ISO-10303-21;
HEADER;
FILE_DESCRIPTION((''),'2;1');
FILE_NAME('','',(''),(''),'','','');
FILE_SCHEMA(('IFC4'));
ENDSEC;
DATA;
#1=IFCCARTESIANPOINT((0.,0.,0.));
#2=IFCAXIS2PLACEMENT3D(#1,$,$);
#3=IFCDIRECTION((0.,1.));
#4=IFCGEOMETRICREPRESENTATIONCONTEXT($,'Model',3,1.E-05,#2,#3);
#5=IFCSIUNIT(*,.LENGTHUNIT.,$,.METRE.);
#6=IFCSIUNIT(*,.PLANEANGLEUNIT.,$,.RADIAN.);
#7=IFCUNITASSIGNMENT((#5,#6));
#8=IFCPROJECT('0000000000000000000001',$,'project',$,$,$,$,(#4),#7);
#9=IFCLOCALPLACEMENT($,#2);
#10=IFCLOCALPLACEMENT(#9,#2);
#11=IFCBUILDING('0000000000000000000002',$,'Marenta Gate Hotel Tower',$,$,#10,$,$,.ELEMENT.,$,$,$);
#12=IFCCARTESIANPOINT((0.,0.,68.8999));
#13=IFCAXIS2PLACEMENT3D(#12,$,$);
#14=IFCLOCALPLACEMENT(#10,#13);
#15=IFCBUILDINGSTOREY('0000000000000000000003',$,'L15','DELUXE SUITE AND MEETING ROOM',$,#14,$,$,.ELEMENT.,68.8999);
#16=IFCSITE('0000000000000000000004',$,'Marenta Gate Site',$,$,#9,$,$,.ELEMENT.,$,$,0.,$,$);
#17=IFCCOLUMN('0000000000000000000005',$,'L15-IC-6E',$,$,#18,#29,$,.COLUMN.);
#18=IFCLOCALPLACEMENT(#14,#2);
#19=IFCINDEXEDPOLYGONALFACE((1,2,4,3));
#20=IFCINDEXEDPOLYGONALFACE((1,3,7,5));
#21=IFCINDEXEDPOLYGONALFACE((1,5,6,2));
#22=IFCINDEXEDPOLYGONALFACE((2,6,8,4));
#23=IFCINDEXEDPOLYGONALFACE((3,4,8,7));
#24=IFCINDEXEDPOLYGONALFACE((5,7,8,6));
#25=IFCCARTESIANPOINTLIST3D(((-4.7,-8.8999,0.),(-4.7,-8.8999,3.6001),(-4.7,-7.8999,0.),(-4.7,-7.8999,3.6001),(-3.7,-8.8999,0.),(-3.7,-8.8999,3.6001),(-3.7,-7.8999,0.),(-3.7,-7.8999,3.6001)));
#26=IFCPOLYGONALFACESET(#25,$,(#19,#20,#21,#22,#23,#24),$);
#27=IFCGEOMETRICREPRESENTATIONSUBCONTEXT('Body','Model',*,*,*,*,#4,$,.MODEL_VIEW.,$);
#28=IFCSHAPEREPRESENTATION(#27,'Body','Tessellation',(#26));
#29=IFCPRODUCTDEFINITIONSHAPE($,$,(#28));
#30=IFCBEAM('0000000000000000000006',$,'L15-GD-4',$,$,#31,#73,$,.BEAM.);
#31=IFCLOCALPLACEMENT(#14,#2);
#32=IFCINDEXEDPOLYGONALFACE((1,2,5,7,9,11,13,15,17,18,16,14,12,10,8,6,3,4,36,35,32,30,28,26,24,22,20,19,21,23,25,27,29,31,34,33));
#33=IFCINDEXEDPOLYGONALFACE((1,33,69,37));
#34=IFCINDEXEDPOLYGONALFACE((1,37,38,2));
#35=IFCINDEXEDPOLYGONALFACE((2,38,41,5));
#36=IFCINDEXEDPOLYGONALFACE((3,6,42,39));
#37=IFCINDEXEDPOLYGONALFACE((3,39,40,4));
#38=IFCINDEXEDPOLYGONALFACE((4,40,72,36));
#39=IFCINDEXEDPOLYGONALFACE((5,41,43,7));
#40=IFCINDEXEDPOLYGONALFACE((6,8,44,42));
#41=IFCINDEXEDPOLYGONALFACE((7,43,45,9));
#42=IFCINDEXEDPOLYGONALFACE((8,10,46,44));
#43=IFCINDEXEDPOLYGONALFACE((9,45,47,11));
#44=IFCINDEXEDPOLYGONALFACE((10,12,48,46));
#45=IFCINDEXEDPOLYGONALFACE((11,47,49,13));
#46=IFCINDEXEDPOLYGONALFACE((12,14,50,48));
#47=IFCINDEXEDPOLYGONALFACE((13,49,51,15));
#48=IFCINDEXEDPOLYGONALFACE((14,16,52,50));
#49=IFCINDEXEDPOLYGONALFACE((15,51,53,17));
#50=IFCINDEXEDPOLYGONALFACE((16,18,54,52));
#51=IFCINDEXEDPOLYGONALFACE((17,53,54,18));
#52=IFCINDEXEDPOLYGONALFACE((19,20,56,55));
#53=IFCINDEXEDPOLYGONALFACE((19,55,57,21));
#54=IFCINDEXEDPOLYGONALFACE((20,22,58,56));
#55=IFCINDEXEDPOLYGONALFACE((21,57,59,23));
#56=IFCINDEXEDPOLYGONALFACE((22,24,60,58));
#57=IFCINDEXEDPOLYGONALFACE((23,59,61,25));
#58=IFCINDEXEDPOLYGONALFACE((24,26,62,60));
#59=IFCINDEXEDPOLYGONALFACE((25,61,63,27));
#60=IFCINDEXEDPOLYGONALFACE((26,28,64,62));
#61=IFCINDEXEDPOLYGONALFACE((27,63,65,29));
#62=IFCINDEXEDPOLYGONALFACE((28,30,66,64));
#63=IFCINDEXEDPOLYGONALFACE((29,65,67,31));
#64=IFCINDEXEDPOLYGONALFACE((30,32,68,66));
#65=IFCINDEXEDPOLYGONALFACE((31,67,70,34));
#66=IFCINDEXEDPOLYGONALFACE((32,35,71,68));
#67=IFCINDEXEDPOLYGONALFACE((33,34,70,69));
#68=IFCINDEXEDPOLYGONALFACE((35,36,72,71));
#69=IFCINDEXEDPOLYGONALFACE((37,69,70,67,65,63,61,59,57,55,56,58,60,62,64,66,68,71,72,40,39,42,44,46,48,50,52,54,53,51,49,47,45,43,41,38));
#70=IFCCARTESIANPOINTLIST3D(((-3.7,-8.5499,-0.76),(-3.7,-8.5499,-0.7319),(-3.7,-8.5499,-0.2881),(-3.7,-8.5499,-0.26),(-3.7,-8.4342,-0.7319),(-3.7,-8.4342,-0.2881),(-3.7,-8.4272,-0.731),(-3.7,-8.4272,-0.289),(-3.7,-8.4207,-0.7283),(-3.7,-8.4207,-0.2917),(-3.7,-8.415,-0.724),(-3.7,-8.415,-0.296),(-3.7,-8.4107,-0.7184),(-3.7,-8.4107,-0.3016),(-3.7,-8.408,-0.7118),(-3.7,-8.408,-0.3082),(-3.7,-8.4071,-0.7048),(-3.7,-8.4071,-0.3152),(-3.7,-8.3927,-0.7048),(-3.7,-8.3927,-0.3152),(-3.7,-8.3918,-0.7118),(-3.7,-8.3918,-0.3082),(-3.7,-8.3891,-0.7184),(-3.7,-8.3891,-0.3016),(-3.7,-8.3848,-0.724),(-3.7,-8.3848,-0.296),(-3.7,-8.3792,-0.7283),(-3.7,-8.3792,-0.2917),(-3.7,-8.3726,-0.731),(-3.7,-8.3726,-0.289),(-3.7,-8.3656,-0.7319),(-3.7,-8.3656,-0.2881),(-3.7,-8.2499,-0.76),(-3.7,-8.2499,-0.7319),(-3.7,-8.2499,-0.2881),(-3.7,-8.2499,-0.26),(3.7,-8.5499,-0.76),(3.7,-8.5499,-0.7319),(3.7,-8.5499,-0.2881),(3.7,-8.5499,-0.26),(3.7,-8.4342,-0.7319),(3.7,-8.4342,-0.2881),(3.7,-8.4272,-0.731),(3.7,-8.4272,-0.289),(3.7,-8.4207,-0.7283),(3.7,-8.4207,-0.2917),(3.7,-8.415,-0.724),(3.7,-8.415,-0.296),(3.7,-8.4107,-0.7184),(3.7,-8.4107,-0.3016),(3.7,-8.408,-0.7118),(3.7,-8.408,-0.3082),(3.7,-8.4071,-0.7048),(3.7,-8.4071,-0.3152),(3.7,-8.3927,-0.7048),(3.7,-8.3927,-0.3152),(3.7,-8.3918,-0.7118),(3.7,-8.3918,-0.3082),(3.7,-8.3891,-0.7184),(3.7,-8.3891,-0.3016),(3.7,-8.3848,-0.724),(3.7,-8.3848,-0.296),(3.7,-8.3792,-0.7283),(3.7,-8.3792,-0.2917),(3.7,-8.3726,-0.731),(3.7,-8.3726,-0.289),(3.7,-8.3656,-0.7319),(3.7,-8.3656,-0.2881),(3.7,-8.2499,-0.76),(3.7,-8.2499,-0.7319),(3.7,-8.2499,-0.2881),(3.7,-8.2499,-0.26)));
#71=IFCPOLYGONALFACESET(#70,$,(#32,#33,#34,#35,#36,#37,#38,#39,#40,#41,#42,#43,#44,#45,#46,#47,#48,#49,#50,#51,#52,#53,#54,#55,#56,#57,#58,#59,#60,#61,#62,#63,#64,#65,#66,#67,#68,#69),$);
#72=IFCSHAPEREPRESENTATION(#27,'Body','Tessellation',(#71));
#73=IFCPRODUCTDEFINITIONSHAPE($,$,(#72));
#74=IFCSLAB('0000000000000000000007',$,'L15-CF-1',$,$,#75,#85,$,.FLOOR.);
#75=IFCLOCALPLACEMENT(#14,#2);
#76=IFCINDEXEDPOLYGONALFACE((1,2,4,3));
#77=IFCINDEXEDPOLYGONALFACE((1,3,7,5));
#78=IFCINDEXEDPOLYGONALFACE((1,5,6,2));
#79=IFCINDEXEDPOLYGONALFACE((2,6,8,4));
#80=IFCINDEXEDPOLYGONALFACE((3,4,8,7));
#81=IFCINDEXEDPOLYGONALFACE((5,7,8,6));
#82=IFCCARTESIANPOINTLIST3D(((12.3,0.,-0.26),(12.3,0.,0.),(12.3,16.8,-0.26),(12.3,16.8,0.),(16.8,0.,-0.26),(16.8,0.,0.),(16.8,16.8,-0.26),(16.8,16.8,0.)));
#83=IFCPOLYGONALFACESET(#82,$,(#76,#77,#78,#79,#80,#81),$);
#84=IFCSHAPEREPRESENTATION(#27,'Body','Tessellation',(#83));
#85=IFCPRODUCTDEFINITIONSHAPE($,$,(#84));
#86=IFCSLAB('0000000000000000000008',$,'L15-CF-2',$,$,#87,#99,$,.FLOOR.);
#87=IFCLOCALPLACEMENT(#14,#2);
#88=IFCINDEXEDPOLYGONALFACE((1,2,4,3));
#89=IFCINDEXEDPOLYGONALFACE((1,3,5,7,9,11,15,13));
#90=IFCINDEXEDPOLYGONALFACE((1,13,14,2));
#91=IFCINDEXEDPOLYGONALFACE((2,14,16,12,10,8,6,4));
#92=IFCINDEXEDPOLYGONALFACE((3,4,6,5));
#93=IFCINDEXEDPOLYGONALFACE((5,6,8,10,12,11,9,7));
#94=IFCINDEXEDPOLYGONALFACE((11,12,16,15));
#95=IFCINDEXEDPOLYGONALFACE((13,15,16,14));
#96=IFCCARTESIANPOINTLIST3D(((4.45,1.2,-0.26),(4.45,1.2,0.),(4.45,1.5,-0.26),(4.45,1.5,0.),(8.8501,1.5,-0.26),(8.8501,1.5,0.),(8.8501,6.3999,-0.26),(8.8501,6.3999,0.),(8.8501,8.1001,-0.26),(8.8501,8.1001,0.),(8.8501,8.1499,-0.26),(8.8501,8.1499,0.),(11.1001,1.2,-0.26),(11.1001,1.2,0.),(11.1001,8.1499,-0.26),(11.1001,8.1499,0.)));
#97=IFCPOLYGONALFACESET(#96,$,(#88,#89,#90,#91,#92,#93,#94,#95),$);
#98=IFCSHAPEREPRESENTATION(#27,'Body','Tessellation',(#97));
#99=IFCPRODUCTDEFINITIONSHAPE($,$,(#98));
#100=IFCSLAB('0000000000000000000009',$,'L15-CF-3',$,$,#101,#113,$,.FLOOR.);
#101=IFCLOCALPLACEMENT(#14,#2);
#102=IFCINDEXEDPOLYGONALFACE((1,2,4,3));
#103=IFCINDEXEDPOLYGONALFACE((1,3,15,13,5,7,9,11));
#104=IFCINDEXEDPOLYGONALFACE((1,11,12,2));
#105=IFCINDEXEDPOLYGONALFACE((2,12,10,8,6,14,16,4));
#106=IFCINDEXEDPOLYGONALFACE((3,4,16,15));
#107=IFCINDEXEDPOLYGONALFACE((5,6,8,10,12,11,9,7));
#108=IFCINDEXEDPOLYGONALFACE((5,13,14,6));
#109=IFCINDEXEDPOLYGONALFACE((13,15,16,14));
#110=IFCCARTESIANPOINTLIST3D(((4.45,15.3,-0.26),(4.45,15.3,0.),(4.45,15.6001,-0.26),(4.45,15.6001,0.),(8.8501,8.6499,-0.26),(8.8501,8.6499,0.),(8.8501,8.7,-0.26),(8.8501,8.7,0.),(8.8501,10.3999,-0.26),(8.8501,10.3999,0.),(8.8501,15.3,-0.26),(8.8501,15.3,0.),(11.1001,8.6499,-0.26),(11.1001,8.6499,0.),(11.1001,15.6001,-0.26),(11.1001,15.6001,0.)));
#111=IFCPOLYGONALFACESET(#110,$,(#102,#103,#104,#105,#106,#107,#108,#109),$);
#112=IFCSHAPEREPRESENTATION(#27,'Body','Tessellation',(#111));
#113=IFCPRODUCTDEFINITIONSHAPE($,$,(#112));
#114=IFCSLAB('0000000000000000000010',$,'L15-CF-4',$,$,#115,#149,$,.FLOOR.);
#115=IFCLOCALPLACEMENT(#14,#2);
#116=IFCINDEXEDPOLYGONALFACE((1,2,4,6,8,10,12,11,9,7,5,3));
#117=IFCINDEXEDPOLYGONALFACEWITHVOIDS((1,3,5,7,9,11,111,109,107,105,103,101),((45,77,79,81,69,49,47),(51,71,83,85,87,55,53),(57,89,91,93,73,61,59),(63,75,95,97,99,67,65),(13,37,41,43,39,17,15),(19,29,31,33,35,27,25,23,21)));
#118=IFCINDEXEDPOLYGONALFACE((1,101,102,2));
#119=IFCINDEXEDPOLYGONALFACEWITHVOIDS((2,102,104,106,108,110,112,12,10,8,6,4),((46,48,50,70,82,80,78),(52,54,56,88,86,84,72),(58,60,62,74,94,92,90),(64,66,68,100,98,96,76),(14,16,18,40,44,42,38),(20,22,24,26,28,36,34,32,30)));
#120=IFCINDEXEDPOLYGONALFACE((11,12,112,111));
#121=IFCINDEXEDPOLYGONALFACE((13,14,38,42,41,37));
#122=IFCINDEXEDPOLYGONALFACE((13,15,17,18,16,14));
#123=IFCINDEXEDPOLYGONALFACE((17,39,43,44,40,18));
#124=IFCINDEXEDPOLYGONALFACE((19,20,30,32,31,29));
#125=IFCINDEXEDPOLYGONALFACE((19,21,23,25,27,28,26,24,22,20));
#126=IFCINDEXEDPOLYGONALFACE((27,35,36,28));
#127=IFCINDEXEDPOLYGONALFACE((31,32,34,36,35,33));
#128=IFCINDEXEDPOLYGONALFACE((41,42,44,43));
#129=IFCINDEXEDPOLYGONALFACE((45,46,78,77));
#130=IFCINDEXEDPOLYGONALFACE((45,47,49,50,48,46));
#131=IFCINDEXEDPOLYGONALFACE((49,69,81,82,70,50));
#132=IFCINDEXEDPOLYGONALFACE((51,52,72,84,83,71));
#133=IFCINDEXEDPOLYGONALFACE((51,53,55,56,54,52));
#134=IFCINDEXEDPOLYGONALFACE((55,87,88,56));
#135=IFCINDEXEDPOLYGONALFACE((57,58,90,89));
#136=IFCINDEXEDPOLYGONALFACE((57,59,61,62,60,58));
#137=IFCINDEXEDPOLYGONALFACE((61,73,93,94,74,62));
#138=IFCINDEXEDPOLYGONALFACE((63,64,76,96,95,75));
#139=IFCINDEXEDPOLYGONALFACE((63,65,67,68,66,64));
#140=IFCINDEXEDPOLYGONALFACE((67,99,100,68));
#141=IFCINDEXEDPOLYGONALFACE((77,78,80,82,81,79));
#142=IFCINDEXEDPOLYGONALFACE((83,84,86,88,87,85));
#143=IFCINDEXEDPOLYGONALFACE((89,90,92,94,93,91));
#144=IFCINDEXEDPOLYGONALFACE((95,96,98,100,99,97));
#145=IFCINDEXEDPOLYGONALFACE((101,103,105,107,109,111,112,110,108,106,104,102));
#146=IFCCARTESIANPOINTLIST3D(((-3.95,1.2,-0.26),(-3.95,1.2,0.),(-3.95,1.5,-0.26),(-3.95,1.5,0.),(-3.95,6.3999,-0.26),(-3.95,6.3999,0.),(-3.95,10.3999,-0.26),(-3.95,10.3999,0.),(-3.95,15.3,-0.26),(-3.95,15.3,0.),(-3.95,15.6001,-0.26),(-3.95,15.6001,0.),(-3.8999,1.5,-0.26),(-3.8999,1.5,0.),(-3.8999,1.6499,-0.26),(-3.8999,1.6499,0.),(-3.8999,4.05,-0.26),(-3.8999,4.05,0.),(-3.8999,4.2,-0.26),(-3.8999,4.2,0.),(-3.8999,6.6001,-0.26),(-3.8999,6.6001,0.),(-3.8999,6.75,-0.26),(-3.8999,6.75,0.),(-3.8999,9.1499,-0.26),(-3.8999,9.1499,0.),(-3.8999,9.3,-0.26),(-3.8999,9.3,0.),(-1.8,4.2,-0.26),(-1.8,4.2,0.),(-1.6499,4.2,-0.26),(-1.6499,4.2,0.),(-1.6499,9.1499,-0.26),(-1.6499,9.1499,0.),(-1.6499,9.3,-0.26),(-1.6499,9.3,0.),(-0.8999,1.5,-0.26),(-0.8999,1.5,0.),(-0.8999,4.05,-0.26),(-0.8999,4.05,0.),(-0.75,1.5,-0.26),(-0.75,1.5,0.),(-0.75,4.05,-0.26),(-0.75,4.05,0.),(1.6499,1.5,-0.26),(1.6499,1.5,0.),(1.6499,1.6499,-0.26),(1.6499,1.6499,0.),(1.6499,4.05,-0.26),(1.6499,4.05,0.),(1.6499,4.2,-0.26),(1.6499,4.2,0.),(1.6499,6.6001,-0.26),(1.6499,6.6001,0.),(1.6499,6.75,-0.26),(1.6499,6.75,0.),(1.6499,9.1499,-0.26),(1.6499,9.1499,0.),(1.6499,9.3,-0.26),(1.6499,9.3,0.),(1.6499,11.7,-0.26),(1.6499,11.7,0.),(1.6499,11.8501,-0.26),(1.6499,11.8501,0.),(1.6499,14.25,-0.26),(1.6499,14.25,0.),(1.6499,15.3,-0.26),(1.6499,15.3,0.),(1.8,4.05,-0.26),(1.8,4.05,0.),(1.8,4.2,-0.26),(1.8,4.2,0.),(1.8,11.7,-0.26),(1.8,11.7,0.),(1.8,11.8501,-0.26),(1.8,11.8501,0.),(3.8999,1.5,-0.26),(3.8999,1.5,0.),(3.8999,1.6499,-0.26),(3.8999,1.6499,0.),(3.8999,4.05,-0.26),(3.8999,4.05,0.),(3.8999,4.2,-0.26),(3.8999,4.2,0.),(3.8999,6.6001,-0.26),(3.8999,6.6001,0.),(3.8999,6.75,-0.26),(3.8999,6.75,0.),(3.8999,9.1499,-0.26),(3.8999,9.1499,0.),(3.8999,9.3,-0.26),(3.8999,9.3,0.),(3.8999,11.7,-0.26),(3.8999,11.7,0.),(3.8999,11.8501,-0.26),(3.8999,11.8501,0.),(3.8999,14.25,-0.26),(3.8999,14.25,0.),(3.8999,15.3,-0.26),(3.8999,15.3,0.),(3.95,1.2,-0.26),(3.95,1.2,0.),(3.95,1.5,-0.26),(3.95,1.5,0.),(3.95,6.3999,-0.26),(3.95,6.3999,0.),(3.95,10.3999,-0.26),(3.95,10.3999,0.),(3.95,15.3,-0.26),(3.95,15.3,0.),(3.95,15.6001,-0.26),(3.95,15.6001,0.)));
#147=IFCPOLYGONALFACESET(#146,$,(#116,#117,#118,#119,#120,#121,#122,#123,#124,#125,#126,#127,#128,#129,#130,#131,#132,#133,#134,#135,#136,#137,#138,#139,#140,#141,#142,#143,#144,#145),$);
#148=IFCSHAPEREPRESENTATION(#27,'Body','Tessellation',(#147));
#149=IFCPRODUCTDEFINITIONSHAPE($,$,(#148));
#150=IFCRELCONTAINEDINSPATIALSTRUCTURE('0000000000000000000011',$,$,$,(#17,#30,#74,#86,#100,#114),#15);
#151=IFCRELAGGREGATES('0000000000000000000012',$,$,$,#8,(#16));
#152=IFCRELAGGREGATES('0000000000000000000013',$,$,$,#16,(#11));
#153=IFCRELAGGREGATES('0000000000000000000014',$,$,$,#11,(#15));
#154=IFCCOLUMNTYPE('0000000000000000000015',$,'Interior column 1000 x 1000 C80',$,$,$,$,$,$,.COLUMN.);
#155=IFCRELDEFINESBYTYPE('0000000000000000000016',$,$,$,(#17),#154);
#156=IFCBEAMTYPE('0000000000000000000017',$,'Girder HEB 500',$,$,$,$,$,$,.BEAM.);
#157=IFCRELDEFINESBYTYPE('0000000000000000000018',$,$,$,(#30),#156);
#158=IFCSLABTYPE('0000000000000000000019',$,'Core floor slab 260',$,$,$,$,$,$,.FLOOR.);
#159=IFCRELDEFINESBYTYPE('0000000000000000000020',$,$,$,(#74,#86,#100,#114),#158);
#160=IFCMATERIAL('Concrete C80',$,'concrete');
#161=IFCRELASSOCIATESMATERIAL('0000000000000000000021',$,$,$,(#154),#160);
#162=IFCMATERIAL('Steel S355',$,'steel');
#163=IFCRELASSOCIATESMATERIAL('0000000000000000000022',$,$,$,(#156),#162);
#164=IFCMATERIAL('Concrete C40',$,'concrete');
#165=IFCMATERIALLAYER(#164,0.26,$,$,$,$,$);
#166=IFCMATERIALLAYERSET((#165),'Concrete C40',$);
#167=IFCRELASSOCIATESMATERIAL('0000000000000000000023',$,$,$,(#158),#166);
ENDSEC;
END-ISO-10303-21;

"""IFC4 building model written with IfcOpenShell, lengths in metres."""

from ifc_helpers import new_model, si_unit, direction, frame, origin, origin_2d, place, context, subcontext, project, spatial, polyline, rectangle, i_section, outline, extrude, material, layer, layer_set, material_profile, profile_set, type_object, element, save


model = new_model("IFC4")

# Units and contexts
model_context = context("Model", 3, precision=1e-05, world=origin(), true_north=direction((0.0, 1.0)))
body_context = subcontext(model_context, "Body", "Model", "MODEL_VIEW")
ifc_project = project(units=[si_unit("LENGTHUNIT", "METRE"), si_unit("PLANEANGLEUNIT", "RADIAN")], contexts=[model_context])

# Site, building, storey
site_placement = place(None, origin())
site = spatial("IfcSite", under=ifc_project, at=site_placement, Name="Marenta Gate Site", CompositionType="ELEMENT", RefElevation=0.0)
building_placement = place(site_placement, origin())
building = spatial("IfcBuilding", under=site, at=building_placement, Name="Marenta Gate Hotel Tower", CompositionType="ELEMENT")
storey_placement = place(building_placement, frame((0.0, 0.0, 68.8999)))
storey = spatial("IfcBuildingStorey", under=building, at=storey_placement, Name="L15", Description="DELUXE SUITE AND MEETING ROOM", CompositionType="ELEMENT", Elevation=68.8999)

# Column
ifc_material_1 = material(Name="Concrete C80", Category="concrete")
ifc_material_profile_1 = material_profile(ifc_material_1, rectangle(XDim=1.0, YDim=1.0, at=origin_2d()), Name="1000 x 1000")
ifc_profile_set_1 = profile_set([ifc_material_profile_1], Name="Concrete C80")
column_type = type_object("IfcColumnType", Name="Interior column 1000 x 1000 C80", PredefinedType="COLUMN", material=ifc_profile_set_1)
column_placement = place(storey_placement, frame((-4.2, -8.3999, 0.0), z_axis=(0.0, 0.0, 1.0), x_axis=(1.0, 0.0, 0.0)))
element("IfcColumn", 1, at=column_placement, inside=storey, type_object=column_type, Name="L15-IC-6E", PredefinedType="COLUMN", context=body_context, shape_type="SweptSolid", body=[
    extrude(rectangle(XDim=1.0, YDim=1.0, at=origin_2d()), origin(), (0.0, 0.0, 1.0), 3.6001),
])

# Beam
ifc_material_2 = material(Name="Steel S355", Category="steel")
ifc_material_profile_2 = material_profile(ifc_material_2, i_section(OverallWidth=0.3, OverallDepth=0.5, WebThickness=0.0144, FlangeThickness=0.0281, FilletRadius=0.0271, at=origin_2d()), Name="HEB 500")
ifc_profile_set_2 = profile_set([ifc_material_profile_2], Name="Steel S355")
beam_type = type_object("IfcBeamType", Name="Girder HEB 500", PredefinedType="BEAM", material=ifc_profile_set_2)
beam_placement = place(storey_placement, frame((-3.7, -8.3999, -0.51), z_axis=(1.0, 0.0, 0.0), x_axis=(0.0, 1.0, 0.0)))
element("IfcBeam", 2, at=beam_placement, inside=storey, type_object=beam_type, Name="L15-GD-4", PredefinedType="BEAM", context=body_context, shape_type="SweptSolid", body=[
    extrude(i_section(OverallWidth=0.3, OverallDepth=0.5, WebThickness=0.0144, FlangeThickness=0.0281, FilletRadius=0.0271, at=origin_2d()), origin(), (0.0, 0.0, 1.0), 7.3999),
])

# Slabs
ifc_material_3 = material(Name="Concrete C40", Category="concrete")
ifc_layer_1 = layer(ifc_material_3, 0.26)
ifc_layer_set_1 = layer_set([ifc_layer_1], Name="Concrete C40")
slab_type_1 = type_object("IfcSlabType", Name="Core floor slab 260", PredefinedType="FLOOR", material=ifc_layer_set_1)
slab_1_placement = place(storey_placement, frame((0.0, 0.0, -0.26)))
element("IfcSlab", 3, at=slab_1_placement, inside=storey, type_object=slab_type_1, Name="L15-CF-1", PredefinedType="FLOOR", context=body_context, shape_type="SweptSolid", body=[
    extrude(outline(polyline([(12.3, 0.0), (12.3, 16.8), (16.8, 16.8), (16.8, 0.0), (12.3, 0.0)])), origin(), (0.0, 0.0, 1.0), 0.26),
])
slab_2_placement = place(storey_placement, frame((0.0, 0.0, -0.26)))
element("IfcSlab", 4, at=slab_2_placement, inside=storey, type_object=slab_type_1, Name="L15-CF-2", PredefinedType="FLOOR", context=body_context, shape_type="SweptSolid", body=[
    extrude(outline(polyline([(8.8501, 1.5), (8.8501, 6.3999), (8.8501, 8.1001), (8.8501, 8.1499), (11.1001, 8.1499), (11.1001, 1.2), (4.45, 1.2), (4.45, 1.5), (8.8501, 1.5)])), origin(), (0.0, 0.0, 1.0), 0.26),
])
slab_3_placement = place(storey_placement, frame((0.0, 0.0, -0.26)))
element("IfcSlab", 5, at=slab_3_placement, inside=storey, type_object=slab_type_1, Name="L15-CF-3", PredefinedType="FLOOR", context=body_context, shape_type="SweptSolid", body=[
    extrude(outline(polyline([(8.8501, 15.3), (4.45, 15.3), (4.45, 15.6001), (11.1001, 15.6001), (11.1001, 8.6499), (8.8501, 8.6499), (8.8501, 8.7), (8.8501, 10.3999), (8.8501, 15.3)])), origin(), (0.0, 0.0, 1.0), 0.26),
])
slab_4_placement = place(storey_placement, frame((0.0, 0.0, -0.26)))
element("IfcSlab", 6, at=slab_4_placement, inside=storey, type_object=slab_type_1, Name="L15-CF-4", PredefinedType="FLOOR", context=body_context, shape_type="SweptSolid", body=[
    extrude(outline(polyline([(3.95, 15.3), (3.95, 10.3999), (3.95, 6.3999), (3.95, 1.5), (3.95, 1.2), (-3.95, 1.2), (-3.95, 1.5), (-3.95, 6.3999), (-3.95, 10.3999), (-3.95, 15.3), (-3.95, 15.6001), (3.95, 15.6001), (3.95, 15.3)]), holes=[polyline([(1.6499, 4.05), (1.6499, 1.6499), (1.6499, 1.5), (3.8999, 1.5), (3.8999, 1.6499), (3.8999, 4.05), (1.8, 4.05), (1.6499, 4.05)]), polyline([(1.6499, 9.1499), (3.8999, 9.1499), (3.8999, 9.3), (3.8999, 11.7), (1.8, 11.7), (1.6499, 11.7), (1.6499, 9.3), (1.6499, 9.1499)]), polyline([(1.6499, 11.8501), (1.8, 11.8501), (3.8999, 11.8501), (3.8999, 14.25), (3.8999, 15.3), (1.6499, 15.3), (1.6499, 14.25), (1.6499, 11.8501)]), polyline([(3.8999, 6.6001), (3.8999, 6.75), (1.6499, 6.75), (1.6499, 6.6001), (1.6499, 4.2), (1.8, 4.2), (3.8999, 4.2), (3.8999, 6.6001)]), polyline([(-3.8999, 1.5), (-0.8999, 1.5), (-0.75, 1.5), (-0.75, 4.05), (-0.8999, 4.05), (-3.8999, 4.05), (-3.8999, 1.6499), (-3.8999, 1.5)]), polyline([(-1.6499, 4.2), (-1.6499, 9.1499), (-1.6499, 9.3), (-3.8999, 9.3), (-3.8999, 9.1499), (-3.8999, 6.75), (-3.8999, 6.6001), (-3.8999, 4.2), (-1.8, 4.2), (-1.6499, 4.2)])]), origin(), (0.0, 0.0, 1.0), 0.26),
])

save(model, "model.ifc")
